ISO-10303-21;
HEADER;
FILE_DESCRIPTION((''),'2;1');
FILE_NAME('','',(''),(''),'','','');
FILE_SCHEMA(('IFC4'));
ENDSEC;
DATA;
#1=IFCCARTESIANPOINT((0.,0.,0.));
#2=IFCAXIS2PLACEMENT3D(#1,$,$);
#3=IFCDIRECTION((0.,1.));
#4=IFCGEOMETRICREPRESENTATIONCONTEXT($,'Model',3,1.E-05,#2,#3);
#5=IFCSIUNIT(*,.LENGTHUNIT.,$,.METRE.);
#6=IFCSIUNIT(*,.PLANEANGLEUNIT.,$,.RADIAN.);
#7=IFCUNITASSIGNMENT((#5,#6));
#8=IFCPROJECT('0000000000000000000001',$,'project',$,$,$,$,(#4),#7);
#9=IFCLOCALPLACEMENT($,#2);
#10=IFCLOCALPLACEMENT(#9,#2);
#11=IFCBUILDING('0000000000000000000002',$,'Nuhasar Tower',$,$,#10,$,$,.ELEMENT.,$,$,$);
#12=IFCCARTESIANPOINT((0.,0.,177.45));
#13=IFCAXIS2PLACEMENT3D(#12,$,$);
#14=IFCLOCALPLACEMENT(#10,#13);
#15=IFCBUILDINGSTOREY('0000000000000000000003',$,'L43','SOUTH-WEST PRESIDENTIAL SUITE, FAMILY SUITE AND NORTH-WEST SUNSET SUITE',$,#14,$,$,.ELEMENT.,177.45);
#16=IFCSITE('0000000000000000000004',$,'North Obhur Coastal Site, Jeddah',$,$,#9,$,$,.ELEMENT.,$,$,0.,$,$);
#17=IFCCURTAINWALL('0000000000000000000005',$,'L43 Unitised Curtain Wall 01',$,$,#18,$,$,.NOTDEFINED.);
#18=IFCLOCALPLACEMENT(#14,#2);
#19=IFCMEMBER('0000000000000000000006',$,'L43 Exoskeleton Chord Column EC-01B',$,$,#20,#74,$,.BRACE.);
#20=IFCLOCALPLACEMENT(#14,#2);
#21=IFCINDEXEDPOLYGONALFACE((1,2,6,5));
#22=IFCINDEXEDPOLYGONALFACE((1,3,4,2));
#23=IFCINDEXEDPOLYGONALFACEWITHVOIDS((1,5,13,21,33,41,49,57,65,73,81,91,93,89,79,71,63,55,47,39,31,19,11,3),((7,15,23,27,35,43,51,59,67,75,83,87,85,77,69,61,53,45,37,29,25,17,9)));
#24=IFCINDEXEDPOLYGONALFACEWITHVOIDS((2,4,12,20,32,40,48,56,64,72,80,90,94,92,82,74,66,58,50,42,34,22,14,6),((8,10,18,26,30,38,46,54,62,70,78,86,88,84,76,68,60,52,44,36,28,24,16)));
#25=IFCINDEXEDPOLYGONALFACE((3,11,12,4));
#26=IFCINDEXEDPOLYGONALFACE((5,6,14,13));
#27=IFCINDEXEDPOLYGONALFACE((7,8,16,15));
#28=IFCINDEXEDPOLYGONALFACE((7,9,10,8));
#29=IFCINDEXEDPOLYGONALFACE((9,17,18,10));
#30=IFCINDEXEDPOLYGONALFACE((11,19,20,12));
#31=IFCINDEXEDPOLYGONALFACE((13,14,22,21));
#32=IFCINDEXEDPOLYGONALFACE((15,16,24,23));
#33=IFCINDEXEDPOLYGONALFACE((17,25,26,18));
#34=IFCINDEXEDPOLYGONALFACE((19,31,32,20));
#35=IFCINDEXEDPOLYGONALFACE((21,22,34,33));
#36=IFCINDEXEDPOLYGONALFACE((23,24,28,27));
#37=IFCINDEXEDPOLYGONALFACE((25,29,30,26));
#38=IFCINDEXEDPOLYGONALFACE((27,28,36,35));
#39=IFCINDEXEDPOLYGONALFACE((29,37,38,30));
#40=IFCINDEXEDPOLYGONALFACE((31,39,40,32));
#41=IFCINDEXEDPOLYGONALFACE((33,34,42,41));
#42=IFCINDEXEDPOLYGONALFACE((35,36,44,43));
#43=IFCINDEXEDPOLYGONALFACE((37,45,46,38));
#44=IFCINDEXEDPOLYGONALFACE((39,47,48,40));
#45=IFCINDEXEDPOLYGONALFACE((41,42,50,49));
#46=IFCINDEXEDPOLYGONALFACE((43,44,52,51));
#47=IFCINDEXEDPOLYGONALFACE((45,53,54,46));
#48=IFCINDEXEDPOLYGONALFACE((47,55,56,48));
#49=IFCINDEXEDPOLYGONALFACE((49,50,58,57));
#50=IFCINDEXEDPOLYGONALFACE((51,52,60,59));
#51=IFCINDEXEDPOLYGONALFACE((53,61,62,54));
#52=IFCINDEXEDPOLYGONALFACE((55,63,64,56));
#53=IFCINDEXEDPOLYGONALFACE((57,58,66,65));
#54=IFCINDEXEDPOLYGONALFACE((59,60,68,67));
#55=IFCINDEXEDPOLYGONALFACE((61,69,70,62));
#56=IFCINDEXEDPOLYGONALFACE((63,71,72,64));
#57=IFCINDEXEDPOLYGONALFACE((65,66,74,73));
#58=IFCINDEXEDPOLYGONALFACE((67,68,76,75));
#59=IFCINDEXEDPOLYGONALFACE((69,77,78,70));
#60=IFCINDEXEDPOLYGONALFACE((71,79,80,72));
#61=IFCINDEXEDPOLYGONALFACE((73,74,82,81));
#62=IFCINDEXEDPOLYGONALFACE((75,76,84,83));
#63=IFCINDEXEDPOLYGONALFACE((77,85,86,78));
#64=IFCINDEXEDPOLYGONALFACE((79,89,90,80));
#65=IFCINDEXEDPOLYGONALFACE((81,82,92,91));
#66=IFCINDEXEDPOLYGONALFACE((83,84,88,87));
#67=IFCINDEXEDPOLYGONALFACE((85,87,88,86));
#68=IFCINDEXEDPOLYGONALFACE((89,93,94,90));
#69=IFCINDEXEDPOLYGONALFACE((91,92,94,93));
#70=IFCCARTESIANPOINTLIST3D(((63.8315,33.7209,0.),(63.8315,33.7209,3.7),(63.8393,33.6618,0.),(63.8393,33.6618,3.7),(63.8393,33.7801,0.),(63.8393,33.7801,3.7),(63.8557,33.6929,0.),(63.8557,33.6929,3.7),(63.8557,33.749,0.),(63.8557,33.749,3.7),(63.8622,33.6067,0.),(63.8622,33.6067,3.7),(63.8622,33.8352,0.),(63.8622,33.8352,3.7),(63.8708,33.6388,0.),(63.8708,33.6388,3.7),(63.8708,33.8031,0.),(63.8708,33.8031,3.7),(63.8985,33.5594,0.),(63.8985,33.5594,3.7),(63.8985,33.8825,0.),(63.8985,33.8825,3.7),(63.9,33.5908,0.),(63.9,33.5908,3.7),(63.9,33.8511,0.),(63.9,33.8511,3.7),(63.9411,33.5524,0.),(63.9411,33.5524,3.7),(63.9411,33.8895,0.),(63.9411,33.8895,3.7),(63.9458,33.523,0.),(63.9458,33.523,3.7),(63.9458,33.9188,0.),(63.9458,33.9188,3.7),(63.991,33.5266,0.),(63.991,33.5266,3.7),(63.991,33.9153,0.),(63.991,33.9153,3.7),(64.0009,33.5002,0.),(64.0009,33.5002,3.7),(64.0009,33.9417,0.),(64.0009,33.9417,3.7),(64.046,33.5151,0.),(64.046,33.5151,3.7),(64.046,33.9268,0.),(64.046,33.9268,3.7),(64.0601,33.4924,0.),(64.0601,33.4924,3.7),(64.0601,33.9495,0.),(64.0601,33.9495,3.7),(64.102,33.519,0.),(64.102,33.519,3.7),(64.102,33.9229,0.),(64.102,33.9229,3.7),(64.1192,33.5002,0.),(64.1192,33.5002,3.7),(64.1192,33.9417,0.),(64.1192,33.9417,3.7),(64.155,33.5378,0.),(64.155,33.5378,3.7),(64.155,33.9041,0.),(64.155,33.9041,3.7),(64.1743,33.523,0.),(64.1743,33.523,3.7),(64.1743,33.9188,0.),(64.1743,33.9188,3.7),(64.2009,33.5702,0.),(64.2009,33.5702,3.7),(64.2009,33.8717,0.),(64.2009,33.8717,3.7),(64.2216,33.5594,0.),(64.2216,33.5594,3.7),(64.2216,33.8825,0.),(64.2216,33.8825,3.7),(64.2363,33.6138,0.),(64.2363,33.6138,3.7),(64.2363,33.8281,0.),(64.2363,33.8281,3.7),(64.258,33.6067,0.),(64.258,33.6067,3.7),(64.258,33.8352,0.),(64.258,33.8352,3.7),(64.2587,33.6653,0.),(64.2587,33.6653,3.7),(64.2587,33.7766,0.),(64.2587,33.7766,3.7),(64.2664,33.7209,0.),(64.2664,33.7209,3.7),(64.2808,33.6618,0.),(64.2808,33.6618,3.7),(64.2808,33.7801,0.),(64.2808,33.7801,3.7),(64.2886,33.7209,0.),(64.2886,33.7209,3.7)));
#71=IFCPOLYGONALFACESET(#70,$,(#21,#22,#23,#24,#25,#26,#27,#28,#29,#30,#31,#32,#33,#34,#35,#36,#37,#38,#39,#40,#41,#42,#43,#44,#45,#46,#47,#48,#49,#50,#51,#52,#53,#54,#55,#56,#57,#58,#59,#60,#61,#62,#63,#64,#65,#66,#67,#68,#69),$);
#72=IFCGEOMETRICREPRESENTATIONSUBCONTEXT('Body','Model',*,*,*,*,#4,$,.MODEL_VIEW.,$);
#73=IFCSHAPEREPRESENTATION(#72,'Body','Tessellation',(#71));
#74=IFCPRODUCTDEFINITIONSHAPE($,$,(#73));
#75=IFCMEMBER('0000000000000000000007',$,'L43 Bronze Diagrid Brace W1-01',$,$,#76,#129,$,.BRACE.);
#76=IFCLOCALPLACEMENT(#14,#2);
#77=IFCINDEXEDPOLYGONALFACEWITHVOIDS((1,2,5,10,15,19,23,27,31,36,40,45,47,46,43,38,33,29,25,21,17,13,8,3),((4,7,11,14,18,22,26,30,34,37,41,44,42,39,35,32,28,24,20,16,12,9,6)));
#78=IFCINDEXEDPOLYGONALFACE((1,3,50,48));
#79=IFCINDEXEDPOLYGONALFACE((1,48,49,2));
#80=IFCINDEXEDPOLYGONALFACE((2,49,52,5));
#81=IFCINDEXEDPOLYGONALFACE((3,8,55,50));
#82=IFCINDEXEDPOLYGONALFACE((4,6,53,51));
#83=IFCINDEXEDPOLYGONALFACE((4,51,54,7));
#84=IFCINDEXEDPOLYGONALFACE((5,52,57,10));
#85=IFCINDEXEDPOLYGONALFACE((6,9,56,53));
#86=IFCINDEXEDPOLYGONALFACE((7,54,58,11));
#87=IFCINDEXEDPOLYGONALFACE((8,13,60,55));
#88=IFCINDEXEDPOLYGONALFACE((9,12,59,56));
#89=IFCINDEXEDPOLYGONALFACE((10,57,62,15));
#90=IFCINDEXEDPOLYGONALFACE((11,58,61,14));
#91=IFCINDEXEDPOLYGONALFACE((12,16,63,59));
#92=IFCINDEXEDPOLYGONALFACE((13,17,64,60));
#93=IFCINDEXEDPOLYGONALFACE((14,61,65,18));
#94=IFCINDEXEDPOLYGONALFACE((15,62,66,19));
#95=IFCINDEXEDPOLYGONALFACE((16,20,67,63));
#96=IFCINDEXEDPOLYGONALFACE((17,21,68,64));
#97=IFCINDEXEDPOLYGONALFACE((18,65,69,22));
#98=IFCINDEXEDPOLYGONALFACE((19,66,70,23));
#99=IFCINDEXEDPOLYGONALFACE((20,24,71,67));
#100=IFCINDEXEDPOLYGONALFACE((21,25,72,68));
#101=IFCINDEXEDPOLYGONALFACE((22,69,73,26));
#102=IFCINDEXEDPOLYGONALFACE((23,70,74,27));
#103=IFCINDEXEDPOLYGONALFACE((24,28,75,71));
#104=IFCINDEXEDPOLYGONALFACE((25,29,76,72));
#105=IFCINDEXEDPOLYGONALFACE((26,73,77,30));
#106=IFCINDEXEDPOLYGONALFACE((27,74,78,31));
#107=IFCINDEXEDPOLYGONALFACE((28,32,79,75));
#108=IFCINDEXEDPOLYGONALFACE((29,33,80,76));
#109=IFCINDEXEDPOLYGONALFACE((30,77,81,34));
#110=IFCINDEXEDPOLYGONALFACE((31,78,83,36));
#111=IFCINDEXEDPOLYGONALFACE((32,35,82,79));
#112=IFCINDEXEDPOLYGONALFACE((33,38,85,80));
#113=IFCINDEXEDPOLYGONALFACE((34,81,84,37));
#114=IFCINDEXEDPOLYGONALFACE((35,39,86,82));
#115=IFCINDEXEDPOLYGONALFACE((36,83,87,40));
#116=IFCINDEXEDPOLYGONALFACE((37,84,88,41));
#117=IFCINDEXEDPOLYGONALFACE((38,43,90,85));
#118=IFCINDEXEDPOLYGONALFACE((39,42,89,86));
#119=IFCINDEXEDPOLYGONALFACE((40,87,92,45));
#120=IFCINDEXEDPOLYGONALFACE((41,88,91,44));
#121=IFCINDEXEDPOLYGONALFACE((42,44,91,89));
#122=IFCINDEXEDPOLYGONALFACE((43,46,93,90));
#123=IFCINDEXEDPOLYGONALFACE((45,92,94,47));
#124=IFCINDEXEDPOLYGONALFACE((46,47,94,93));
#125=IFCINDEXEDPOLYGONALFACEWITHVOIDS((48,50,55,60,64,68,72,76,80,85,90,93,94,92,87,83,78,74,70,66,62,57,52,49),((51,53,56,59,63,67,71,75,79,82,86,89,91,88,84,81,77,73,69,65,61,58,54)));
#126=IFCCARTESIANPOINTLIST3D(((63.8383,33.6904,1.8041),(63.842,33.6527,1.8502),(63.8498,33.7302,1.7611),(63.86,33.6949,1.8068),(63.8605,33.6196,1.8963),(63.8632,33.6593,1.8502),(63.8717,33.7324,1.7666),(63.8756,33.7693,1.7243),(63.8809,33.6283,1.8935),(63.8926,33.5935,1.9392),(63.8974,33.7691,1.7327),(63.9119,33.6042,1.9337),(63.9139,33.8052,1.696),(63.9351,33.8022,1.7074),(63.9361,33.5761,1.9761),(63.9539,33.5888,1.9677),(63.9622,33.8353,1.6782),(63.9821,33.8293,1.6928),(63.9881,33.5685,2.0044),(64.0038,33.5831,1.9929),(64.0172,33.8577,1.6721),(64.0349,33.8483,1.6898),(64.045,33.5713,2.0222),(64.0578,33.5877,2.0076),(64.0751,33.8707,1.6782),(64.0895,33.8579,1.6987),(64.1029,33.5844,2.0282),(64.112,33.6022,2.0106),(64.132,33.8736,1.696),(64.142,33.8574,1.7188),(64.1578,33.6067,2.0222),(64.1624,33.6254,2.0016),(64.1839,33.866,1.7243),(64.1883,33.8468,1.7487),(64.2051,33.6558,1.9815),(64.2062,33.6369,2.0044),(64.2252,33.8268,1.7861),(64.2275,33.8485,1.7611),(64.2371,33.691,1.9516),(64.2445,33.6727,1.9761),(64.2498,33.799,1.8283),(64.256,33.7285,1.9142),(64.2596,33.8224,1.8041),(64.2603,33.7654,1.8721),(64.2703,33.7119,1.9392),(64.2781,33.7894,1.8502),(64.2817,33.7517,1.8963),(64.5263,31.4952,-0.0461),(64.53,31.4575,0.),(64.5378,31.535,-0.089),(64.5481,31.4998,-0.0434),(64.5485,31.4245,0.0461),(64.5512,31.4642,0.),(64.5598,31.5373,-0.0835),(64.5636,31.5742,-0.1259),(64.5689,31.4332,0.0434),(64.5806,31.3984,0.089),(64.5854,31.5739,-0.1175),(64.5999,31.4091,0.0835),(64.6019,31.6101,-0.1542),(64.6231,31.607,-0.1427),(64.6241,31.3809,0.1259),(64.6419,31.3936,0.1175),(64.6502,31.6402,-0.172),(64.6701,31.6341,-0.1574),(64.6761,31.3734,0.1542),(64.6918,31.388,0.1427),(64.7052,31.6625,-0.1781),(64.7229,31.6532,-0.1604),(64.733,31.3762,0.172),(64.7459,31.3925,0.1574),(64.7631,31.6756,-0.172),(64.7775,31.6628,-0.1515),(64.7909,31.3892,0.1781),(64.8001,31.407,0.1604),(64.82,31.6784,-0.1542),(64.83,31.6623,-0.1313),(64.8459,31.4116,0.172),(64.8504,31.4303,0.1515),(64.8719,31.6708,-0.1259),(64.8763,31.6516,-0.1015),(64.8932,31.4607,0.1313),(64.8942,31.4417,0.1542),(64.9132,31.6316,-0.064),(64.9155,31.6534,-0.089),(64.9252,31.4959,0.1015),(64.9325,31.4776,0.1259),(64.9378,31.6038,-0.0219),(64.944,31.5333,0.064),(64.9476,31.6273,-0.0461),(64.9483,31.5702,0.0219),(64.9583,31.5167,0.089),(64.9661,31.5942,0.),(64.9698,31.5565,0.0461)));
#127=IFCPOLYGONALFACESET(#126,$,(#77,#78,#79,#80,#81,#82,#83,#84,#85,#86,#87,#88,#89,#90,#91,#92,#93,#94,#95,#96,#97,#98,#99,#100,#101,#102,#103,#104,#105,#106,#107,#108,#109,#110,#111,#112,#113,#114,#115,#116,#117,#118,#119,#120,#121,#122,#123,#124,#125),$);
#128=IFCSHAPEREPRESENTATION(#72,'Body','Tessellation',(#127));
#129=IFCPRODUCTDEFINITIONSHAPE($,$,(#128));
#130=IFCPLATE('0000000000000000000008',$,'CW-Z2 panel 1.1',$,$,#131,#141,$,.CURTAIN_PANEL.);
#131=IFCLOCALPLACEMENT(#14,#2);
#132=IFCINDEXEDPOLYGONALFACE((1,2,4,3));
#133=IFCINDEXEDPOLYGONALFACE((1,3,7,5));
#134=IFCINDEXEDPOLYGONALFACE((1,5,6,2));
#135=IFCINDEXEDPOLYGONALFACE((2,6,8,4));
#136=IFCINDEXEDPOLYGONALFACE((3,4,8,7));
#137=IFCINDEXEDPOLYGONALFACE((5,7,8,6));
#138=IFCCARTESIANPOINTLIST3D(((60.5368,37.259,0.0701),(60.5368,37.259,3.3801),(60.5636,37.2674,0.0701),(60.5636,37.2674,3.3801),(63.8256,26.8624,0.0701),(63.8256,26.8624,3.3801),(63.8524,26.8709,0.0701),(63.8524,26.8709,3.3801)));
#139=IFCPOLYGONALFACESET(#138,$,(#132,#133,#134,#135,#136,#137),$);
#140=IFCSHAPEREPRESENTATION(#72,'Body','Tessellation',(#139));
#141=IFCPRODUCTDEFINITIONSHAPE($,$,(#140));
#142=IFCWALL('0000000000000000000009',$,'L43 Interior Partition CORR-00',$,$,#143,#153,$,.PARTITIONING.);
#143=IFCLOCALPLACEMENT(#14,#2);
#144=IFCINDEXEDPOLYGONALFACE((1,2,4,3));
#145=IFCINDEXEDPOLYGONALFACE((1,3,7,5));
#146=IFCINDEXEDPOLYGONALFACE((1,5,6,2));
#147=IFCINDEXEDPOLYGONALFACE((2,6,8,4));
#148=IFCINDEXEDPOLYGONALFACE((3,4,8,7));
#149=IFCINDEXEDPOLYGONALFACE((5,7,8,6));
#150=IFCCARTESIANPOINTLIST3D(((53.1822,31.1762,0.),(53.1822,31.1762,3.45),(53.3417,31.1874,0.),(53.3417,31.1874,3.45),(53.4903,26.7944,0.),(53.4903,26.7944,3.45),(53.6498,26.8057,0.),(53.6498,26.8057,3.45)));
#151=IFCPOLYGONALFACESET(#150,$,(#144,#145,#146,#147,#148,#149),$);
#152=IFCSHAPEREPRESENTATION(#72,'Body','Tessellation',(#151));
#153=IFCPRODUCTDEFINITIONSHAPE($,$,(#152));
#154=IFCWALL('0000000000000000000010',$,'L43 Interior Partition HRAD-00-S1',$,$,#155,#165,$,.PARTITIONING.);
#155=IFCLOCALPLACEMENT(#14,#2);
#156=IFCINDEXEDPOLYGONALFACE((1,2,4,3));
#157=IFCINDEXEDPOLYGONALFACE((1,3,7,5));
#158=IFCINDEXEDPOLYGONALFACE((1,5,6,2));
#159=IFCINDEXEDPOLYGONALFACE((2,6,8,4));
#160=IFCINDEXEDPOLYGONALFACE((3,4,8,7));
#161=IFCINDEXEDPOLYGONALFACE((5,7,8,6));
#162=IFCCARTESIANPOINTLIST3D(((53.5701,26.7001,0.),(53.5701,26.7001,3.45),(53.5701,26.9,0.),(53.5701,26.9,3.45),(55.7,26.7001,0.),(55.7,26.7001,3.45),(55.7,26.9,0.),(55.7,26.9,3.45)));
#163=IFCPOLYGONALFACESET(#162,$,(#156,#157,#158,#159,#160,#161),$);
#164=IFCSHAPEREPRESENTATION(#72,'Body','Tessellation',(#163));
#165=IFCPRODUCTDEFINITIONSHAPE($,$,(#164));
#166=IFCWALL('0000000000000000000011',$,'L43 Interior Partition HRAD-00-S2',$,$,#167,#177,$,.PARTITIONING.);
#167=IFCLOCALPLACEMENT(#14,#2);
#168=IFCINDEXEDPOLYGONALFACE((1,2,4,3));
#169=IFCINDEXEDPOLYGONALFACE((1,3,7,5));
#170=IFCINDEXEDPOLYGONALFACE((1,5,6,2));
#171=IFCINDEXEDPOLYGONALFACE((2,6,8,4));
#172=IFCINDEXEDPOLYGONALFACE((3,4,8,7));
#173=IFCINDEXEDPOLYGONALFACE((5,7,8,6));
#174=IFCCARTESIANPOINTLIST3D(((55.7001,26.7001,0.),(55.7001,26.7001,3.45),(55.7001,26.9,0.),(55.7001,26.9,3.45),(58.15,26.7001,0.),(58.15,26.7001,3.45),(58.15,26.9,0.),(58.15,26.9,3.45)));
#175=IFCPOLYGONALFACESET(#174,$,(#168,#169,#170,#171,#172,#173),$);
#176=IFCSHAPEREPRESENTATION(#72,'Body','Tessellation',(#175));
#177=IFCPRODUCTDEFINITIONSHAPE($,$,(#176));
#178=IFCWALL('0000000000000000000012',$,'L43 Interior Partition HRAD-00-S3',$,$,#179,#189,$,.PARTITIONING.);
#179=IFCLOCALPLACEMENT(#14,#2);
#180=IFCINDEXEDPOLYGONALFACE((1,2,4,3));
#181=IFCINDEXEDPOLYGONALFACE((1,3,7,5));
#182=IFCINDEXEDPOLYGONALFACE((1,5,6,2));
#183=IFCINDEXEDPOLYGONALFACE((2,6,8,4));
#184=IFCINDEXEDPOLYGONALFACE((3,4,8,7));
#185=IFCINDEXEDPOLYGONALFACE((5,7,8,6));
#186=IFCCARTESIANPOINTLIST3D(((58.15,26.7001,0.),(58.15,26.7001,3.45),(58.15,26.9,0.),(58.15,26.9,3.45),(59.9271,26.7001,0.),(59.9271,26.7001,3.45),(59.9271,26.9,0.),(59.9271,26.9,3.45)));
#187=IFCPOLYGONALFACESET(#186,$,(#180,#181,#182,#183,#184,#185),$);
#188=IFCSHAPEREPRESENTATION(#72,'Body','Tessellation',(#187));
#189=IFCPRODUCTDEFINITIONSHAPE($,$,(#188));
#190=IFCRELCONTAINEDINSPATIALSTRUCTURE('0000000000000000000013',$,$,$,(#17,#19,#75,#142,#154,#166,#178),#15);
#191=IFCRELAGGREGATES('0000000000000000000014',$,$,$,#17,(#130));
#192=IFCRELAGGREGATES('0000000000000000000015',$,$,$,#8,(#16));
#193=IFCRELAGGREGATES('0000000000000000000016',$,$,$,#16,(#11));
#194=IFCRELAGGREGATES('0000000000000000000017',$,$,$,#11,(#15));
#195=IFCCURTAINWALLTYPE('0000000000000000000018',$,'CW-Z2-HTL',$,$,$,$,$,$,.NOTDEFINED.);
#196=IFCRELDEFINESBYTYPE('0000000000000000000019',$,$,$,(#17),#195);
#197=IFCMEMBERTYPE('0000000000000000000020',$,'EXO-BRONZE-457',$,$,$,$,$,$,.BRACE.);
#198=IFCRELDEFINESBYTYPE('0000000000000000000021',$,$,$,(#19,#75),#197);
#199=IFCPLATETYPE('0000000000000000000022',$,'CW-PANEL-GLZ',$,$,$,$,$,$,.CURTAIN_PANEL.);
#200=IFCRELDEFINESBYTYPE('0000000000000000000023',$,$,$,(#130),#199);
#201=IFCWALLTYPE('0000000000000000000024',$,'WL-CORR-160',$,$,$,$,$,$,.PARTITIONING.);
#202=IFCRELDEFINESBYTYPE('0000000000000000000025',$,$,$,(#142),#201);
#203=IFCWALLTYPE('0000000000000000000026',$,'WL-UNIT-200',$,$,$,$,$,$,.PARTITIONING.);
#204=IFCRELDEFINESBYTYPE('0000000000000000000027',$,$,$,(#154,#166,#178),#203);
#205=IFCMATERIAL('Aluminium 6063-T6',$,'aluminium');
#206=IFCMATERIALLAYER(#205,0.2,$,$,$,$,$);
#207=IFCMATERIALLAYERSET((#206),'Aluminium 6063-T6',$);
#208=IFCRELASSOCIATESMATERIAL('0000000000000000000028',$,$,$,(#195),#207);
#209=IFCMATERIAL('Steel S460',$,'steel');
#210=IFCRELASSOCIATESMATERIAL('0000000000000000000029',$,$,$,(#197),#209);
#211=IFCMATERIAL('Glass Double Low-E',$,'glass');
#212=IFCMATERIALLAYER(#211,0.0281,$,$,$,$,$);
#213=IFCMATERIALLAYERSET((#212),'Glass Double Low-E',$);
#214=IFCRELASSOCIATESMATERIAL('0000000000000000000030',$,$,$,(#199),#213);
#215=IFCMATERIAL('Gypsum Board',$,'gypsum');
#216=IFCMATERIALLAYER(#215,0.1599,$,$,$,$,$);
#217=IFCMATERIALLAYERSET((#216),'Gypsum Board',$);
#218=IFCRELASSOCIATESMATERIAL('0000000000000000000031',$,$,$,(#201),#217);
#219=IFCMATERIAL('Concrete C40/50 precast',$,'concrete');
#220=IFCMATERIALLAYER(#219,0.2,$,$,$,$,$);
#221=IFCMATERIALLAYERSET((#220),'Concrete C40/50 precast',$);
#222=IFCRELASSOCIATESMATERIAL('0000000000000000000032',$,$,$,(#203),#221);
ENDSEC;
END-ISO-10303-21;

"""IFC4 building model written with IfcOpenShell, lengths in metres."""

from ifc_helpers import new_model, si_unit, direction, frame, frame_2d, origin, origin_2d, place, context, subcontext, project, spatial, rectangle, hollow_circle, extrude, material, layer, layer_set, material_profile, profile_set, type_object, element, aggregate, save


model = new_model("IFC4")

# Units and contexts
model_context = context("Model", 3, precision=1e-05, world=origin(), true_north=direction((0.0, 1.0)))
body_context = subcontext(model_context, "Body", "Model", "MODEL_VIEW")
ifc_project = project(units=[si_unit("LENGTHUNIT", "METRE"), si_unit("PLANEANGLEUNIT", "RADIAN")], contexts=[model_context])

# Site, building, storey
site_placement = place(None, origin())
site = spatial("IfcSite", under=ifc_project, at=site_placement, Name="North Obhur Coastal Site, Jeddah", CompositionType="ELEMENT", RefElevation=0.0)
building_placement = place(site_placement, origin())
building = spatial("IfcBuilding", under=site, at=building_placement, Name="Nuhasar Tower", CompositionType="ELEMENT")
storey_placement = place(building_placement, frame((0.0, 0.0, 177.45)))
storey = spatial("IfcBuildingStorey", under=building, at=storey_placement, Name="L43", Description="SOUTH-WEST PRESIDENTIAL SUITE, FAMILY SUITE AND NORTH-WEST SUNSET SUITE", CompositionType="ELEMENT", Elevation=177.45)

# Curtain wall
ifc_material_1 = material(Name="Aluminium 6063-T6", Category="aluminium")
ifc_layer_1 = layer(ifc_material_1, 0.2)
ifc_layer_set_1 = layer_set([ifc_layer_1], Name="Aluminium 6063-T6")
curtain_wall_type = type_object("IfcCurtainWallType", Name="CW-Z2-HTL", PredefinedType="NOTDEFINED", material=ifc_layer_set_1)
curtain_wall_1_placement = place(storey_placement, origin())
curtain_wall_1 = element("IfcCurtainWall", 1, at=curtain_wall_1_placement, inside=storey, type_object=curtain_wall_type, Name="L43 Unitised Curtain Wall 01", PredefinedType="NOTDEFINED")

# Members
ifc_material_2 = material(Name="Steel S460", Category="steel")
ifc_material_profile_1 = material_profile(ifc_material_2, hollow_circle(Radius=0.2285, WallThickness=0.0222, at=origin_2d()), Name="HSS457X22.2")
ifc_profile_set_1 = profile_set([ifc_material_profile_1], Name="Steel S460")
member_type_1 = type_object("IfcMemberType", Name="EXO-BRONZE-457", PredefinedType="BRACE", material=ifc_profile_set_1)
for number, where, z_axis, x_axis, name in (
    (2, (64.0601, 33.7209, 0.0), (0.0, 0.0, 1.0), (1.0, 0.0, 0.0), "L43 Exoskeleton Chord Column EC-01B"),
):
    element("IfcMember", number, at=place(storey_placement, frame(where, z_axis=z_axis, x_axis=x_axis)), inside=storey, type_object=member_type_1, Name=name, PredefinedType="BRACE", context=body_context, shape_type="SweptSolid", body=[
        extrude(hollow_circle(Radius=0.2285, WallThickness=0.0222, at=origin_2d()), origin(), (0.0, 0.0, 1.0), 3.7),
    ])
member_1_placement = place(storey_placement, frame((64.748, 31.5259, 0.0), z_axis=(-0.233056, 0.743578, 0.626719), x_axis=(-0.954228, -0.299079, 0.0)))
element("IfcMember", 3, at=member_1_placement, inside=storey, type_object=member_type_1, Name="L43 Bronze Diagrid Brace W1-01", PredefinedType="BRACE", context=body_context, shape_type="SweptSolid", body=[
    extrude(hollow_circle(Radius=0.2285, WallThickness=0.0222, at=origin_2d()), origin(), (0.0, 0.0, 1.0), 2.9521),
])

# Plate
ifc_material_3 = material(Name="Glass Double Low-E", Category="glass")
ifc_layer_2 = layer(ifc_material_3, 0.0281)
ifc_layer_set_2 = layer_set([ifc_layer_2], Name="Glass Double Low-E")
plate_type = type_object("IfcPlateType", Name="CW-PANEL-GLZ", PredefinedType="CURTAIN_PANEL", material=ifc_layer_set_2)
plate_placement = place(storey_placement, frame((62.1946, 32.0649, 0.0701), z_axis=(0.0, 0.0, 1.0), x_axis=(-0.301604, 0.953433, 0.0)))
plate = element("IfcPlate", 4, at=plate_placement, type_object=plate_type, Name="CW-Z2 panel 1.1", PredefinedType="CURTAIN_PANEL", context=body_context, shape_type="SweptSolid", body=[
    extrude(rectangle(XDim=10.9043, YDim=0.0281, at=origin_2d()), origin(), (0.0, 0.0, 1.0), 3.3101),
])
aggregate(curtain_wall_1, [plate])

# Walls
ifc_material_4 = material(Name="Gypsum Board", Category="gypsum")
ifc_layer_3 = layer(ifc_material_4, 0.1599)
ifc_layer_set_3 = layer_set([ifc_layer_3], Name="Gypsum Board")
wall_type_1 = type_object("IfcWallType", Name="WL-CORR-160", PredefinedType="PARTITIONING", material=ifc_layer_set_3)
wall_1_placement = place(storey_placement, frame((53.5701, 26.8, 0.0), z_axis=(0.0, 0.0, 1.0), x_axis=(-0.070141, 0.997537, 0.0)))
element("IfcWall", 5, at=wall_1_placement, inside=storey, type_object=wall_type_1, Name="L43 Interior Partition CORR-00", PredefinedType="PARTITIONING", context=body_context, shape_type="SweptSolid", body=[
    extrude(rectangle(XDim=4.3926, YDim=0.1599, at=frame_2d((2.1963, 0.0))), origin(), (0.0, 0.0, 1.0), 3.45),
])
ifc_material_5 = material(Name="Concrete C40/50 precast", Category="concrete")
ifc_layer_4 = layer(ifc_material_5, 0.2)
ifc_layer_set_4 = layer_set([ifc_layer_4], Name="Concrete C40/50 precast")
wall_type_2 = type_object("IfcWallType", Name="WL-UNIT-200", PredefinedType="PARTITIONING", material=ifc_layer_set_4)
wall_2_placement = place(storey_placement, frame((53.5701, 26.8, 0.0), z_axis=(0.0, 0.0, 1.0), x_axis=(1.0, 0.0, 0.0)))
element("IfcWall", 6, at=wall_2_placement, inside=storey, type_object=wall_type_2, Name="L43 Interior Partition HRAD-00-S1", PredefinedType="PARTITIONING", context=body_context, shape_type="SweptSolid", body=[
    extrude(rectangle(XDim=2.1299, YDim=0.2, at=frame_2d((1.0649, 0.0))), origin(), (0.0, 0.0, 1.0), 3.45),
])
wall_3_placement = place(storey_placement, frame((55.7, 26.8, 0.0), z_axis=(0.0, 0.0, 1.0), x_axis=(1.0, 0.0, 0.0)))
element("IfcWall", 7, at=wall_3_placement, inside=storey, type_object=wall_type_2, Name="L43 Interior Partition HRAD-00-S2", PredefinedType="PARTITIONING", context=body_context, shape_type="SweptSolid", body=[
    extrude(rectangle(XDim=2.45, YDim=0.2, at=frame_2d((1.2251, 0.0))), origin(), (0.0, 0.0, 1.0), 3.45),
])
wall_4_placement = place(storey_placement, frame((58.1499, 26.8, 0.0), z_axis=(0.0, 0.0, 1.0), x_axis=(1.0, 0.0, 0.0)))
element("IfcWall", 8, at=wall_4_placement, inside=storey, type_object=wall_type_2, Name="L43 Interior Partition HRAD-00-S3", PredefinedType="PARTITIONING", context=body_context, shape_type="SweptSolid", body=[
    extrude(rectangle(XDim=1.7771, YDim=0.2, at=frame_2d((0.8887, 0.0))), origin(), (0.0, 0.0, 1.0), 3.45),
])

save(model, "model.ifc")
